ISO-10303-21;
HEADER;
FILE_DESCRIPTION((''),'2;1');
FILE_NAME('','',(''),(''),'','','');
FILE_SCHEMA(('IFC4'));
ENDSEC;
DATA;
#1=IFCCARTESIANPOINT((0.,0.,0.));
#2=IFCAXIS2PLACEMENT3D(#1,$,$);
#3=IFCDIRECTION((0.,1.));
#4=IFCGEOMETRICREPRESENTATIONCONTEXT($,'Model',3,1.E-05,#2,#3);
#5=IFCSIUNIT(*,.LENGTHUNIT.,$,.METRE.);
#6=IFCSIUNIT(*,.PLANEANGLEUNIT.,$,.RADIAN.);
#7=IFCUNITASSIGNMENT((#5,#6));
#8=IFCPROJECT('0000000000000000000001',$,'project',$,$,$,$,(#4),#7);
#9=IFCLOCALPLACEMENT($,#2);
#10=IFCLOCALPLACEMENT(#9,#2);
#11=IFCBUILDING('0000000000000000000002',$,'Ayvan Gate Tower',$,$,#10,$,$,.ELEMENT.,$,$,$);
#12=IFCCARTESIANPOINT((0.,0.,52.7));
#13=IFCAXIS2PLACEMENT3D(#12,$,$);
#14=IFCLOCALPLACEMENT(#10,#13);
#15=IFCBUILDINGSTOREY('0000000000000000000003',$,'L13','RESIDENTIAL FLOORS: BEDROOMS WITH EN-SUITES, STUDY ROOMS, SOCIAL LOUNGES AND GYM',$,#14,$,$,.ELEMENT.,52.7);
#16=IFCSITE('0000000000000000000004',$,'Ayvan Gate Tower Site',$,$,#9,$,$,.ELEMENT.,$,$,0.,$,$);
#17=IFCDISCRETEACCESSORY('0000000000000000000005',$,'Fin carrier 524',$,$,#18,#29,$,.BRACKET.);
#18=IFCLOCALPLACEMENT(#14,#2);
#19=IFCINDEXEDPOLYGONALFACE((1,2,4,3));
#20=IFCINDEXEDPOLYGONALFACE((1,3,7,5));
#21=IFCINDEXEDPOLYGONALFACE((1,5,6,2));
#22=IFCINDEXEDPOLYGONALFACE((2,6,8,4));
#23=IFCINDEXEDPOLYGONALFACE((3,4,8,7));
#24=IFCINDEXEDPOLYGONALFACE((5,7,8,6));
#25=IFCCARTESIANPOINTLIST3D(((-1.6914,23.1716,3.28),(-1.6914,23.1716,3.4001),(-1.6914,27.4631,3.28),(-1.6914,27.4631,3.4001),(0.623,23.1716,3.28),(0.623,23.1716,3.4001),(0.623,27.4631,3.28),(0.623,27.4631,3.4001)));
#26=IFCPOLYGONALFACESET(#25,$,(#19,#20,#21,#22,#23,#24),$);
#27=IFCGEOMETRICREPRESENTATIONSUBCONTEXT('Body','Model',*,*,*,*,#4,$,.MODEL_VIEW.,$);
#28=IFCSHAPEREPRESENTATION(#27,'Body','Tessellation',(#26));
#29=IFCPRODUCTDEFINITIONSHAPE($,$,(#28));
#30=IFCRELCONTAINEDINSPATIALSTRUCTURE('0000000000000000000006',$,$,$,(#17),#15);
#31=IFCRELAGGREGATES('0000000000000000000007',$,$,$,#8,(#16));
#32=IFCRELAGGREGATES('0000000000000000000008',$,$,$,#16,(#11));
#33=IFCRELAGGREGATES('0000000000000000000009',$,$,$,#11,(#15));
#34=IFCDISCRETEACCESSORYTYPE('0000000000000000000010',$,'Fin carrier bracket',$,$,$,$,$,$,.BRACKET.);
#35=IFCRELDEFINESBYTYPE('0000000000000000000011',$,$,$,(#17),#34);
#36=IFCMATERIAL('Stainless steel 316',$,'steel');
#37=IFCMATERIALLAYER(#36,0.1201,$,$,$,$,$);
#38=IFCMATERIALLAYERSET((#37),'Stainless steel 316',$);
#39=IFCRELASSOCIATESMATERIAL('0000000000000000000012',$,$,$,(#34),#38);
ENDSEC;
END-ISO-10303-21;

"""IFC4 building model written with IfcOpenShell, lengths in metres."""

from ifc_helpers import new_model, si_unit, direction, frame, origin, origin_2d, place, context, subcontext, project, spatial, rectangle, extrude, material, layer, layer_set, type_object, element, save


model = new_model("IFC4")

# Units and contexts
model_context = context("Model", 3, precision=1e-05, world=origin(), true_north=direction((0.0, 1.0)))
body_context = subcontext(model_context, "Body", "Model", "MODEL_VIEW")
ifc_project = project(units=[si_unit("LENGTHUNIT", "METRE"), si_unit("PLANEANGLEUNIT", "RADIAN")], contexts=[model_context])

# Site, building, storey
site_placement = place(None, origin())
site = spatial("IfcSite", under=ifc_project, at=site_placement, Name="Ayvan Gate Tower Site", CompositionType="ELEMENT", RefElevation=0.0)
building_placement = place(site_placement, origin())
building = spatial("IfcBuilding", under=site, at=building_placement, Name="Ayvan Gate Tower", CompositionType="ELEMENT")
storey_placement = place(building_placement, frame((0.0, 0.0, 52.7)))
storey = spatial("IfcBuildingStorey", under=building, at=storey_placement, Name="L13", Description="RESIDENTIAL FLOORS: BEDROOMS WITH EN-SUITES, STUDY ROOMS, SOCIAL LOUNGES AND GYM", CompositionType="ELEMENT", Elevation=52.7)

# Discrete accessory
ifc_material_1 = material(Name="Stainless steel 316", Category="steel")
ifc_layer_1 = layer(ifc_material_1, 0.1201)
ifc_layer_set_1 = layer_set([ifc_layer_1], Name="Stainless steel 316")
discrete_accessory_type = type_object("IfcDiscreteAccessoryType", Name="Fin carrier bracket", PredefinedType="BRACKET", material=ifc_layer_set_1)
discrete_accessory_1_placement = place(storey_placement, frame((-0.5342, 25.3174, 3.28), z_axis=(0.0, 0.0, 1.0), x_axis=(-1.0, 0.0, 0.0)))
element("IfcDiscreteAccessory", 1, at=discrete_accessory_1_placement, inside=storey, type_object=discrete_accessory_type, Name="Fin carrier 524", PredefinedType="BRACKET", context=body_context, shape_type="SweptSolid", body=[
    extrude(rectangle(XDim=2.3145, YDim=4.2915, at=origin_2d()), origin(), (0.0, 0.0, 1.0), 0.1201),
])

save(model, "model.ifc")
